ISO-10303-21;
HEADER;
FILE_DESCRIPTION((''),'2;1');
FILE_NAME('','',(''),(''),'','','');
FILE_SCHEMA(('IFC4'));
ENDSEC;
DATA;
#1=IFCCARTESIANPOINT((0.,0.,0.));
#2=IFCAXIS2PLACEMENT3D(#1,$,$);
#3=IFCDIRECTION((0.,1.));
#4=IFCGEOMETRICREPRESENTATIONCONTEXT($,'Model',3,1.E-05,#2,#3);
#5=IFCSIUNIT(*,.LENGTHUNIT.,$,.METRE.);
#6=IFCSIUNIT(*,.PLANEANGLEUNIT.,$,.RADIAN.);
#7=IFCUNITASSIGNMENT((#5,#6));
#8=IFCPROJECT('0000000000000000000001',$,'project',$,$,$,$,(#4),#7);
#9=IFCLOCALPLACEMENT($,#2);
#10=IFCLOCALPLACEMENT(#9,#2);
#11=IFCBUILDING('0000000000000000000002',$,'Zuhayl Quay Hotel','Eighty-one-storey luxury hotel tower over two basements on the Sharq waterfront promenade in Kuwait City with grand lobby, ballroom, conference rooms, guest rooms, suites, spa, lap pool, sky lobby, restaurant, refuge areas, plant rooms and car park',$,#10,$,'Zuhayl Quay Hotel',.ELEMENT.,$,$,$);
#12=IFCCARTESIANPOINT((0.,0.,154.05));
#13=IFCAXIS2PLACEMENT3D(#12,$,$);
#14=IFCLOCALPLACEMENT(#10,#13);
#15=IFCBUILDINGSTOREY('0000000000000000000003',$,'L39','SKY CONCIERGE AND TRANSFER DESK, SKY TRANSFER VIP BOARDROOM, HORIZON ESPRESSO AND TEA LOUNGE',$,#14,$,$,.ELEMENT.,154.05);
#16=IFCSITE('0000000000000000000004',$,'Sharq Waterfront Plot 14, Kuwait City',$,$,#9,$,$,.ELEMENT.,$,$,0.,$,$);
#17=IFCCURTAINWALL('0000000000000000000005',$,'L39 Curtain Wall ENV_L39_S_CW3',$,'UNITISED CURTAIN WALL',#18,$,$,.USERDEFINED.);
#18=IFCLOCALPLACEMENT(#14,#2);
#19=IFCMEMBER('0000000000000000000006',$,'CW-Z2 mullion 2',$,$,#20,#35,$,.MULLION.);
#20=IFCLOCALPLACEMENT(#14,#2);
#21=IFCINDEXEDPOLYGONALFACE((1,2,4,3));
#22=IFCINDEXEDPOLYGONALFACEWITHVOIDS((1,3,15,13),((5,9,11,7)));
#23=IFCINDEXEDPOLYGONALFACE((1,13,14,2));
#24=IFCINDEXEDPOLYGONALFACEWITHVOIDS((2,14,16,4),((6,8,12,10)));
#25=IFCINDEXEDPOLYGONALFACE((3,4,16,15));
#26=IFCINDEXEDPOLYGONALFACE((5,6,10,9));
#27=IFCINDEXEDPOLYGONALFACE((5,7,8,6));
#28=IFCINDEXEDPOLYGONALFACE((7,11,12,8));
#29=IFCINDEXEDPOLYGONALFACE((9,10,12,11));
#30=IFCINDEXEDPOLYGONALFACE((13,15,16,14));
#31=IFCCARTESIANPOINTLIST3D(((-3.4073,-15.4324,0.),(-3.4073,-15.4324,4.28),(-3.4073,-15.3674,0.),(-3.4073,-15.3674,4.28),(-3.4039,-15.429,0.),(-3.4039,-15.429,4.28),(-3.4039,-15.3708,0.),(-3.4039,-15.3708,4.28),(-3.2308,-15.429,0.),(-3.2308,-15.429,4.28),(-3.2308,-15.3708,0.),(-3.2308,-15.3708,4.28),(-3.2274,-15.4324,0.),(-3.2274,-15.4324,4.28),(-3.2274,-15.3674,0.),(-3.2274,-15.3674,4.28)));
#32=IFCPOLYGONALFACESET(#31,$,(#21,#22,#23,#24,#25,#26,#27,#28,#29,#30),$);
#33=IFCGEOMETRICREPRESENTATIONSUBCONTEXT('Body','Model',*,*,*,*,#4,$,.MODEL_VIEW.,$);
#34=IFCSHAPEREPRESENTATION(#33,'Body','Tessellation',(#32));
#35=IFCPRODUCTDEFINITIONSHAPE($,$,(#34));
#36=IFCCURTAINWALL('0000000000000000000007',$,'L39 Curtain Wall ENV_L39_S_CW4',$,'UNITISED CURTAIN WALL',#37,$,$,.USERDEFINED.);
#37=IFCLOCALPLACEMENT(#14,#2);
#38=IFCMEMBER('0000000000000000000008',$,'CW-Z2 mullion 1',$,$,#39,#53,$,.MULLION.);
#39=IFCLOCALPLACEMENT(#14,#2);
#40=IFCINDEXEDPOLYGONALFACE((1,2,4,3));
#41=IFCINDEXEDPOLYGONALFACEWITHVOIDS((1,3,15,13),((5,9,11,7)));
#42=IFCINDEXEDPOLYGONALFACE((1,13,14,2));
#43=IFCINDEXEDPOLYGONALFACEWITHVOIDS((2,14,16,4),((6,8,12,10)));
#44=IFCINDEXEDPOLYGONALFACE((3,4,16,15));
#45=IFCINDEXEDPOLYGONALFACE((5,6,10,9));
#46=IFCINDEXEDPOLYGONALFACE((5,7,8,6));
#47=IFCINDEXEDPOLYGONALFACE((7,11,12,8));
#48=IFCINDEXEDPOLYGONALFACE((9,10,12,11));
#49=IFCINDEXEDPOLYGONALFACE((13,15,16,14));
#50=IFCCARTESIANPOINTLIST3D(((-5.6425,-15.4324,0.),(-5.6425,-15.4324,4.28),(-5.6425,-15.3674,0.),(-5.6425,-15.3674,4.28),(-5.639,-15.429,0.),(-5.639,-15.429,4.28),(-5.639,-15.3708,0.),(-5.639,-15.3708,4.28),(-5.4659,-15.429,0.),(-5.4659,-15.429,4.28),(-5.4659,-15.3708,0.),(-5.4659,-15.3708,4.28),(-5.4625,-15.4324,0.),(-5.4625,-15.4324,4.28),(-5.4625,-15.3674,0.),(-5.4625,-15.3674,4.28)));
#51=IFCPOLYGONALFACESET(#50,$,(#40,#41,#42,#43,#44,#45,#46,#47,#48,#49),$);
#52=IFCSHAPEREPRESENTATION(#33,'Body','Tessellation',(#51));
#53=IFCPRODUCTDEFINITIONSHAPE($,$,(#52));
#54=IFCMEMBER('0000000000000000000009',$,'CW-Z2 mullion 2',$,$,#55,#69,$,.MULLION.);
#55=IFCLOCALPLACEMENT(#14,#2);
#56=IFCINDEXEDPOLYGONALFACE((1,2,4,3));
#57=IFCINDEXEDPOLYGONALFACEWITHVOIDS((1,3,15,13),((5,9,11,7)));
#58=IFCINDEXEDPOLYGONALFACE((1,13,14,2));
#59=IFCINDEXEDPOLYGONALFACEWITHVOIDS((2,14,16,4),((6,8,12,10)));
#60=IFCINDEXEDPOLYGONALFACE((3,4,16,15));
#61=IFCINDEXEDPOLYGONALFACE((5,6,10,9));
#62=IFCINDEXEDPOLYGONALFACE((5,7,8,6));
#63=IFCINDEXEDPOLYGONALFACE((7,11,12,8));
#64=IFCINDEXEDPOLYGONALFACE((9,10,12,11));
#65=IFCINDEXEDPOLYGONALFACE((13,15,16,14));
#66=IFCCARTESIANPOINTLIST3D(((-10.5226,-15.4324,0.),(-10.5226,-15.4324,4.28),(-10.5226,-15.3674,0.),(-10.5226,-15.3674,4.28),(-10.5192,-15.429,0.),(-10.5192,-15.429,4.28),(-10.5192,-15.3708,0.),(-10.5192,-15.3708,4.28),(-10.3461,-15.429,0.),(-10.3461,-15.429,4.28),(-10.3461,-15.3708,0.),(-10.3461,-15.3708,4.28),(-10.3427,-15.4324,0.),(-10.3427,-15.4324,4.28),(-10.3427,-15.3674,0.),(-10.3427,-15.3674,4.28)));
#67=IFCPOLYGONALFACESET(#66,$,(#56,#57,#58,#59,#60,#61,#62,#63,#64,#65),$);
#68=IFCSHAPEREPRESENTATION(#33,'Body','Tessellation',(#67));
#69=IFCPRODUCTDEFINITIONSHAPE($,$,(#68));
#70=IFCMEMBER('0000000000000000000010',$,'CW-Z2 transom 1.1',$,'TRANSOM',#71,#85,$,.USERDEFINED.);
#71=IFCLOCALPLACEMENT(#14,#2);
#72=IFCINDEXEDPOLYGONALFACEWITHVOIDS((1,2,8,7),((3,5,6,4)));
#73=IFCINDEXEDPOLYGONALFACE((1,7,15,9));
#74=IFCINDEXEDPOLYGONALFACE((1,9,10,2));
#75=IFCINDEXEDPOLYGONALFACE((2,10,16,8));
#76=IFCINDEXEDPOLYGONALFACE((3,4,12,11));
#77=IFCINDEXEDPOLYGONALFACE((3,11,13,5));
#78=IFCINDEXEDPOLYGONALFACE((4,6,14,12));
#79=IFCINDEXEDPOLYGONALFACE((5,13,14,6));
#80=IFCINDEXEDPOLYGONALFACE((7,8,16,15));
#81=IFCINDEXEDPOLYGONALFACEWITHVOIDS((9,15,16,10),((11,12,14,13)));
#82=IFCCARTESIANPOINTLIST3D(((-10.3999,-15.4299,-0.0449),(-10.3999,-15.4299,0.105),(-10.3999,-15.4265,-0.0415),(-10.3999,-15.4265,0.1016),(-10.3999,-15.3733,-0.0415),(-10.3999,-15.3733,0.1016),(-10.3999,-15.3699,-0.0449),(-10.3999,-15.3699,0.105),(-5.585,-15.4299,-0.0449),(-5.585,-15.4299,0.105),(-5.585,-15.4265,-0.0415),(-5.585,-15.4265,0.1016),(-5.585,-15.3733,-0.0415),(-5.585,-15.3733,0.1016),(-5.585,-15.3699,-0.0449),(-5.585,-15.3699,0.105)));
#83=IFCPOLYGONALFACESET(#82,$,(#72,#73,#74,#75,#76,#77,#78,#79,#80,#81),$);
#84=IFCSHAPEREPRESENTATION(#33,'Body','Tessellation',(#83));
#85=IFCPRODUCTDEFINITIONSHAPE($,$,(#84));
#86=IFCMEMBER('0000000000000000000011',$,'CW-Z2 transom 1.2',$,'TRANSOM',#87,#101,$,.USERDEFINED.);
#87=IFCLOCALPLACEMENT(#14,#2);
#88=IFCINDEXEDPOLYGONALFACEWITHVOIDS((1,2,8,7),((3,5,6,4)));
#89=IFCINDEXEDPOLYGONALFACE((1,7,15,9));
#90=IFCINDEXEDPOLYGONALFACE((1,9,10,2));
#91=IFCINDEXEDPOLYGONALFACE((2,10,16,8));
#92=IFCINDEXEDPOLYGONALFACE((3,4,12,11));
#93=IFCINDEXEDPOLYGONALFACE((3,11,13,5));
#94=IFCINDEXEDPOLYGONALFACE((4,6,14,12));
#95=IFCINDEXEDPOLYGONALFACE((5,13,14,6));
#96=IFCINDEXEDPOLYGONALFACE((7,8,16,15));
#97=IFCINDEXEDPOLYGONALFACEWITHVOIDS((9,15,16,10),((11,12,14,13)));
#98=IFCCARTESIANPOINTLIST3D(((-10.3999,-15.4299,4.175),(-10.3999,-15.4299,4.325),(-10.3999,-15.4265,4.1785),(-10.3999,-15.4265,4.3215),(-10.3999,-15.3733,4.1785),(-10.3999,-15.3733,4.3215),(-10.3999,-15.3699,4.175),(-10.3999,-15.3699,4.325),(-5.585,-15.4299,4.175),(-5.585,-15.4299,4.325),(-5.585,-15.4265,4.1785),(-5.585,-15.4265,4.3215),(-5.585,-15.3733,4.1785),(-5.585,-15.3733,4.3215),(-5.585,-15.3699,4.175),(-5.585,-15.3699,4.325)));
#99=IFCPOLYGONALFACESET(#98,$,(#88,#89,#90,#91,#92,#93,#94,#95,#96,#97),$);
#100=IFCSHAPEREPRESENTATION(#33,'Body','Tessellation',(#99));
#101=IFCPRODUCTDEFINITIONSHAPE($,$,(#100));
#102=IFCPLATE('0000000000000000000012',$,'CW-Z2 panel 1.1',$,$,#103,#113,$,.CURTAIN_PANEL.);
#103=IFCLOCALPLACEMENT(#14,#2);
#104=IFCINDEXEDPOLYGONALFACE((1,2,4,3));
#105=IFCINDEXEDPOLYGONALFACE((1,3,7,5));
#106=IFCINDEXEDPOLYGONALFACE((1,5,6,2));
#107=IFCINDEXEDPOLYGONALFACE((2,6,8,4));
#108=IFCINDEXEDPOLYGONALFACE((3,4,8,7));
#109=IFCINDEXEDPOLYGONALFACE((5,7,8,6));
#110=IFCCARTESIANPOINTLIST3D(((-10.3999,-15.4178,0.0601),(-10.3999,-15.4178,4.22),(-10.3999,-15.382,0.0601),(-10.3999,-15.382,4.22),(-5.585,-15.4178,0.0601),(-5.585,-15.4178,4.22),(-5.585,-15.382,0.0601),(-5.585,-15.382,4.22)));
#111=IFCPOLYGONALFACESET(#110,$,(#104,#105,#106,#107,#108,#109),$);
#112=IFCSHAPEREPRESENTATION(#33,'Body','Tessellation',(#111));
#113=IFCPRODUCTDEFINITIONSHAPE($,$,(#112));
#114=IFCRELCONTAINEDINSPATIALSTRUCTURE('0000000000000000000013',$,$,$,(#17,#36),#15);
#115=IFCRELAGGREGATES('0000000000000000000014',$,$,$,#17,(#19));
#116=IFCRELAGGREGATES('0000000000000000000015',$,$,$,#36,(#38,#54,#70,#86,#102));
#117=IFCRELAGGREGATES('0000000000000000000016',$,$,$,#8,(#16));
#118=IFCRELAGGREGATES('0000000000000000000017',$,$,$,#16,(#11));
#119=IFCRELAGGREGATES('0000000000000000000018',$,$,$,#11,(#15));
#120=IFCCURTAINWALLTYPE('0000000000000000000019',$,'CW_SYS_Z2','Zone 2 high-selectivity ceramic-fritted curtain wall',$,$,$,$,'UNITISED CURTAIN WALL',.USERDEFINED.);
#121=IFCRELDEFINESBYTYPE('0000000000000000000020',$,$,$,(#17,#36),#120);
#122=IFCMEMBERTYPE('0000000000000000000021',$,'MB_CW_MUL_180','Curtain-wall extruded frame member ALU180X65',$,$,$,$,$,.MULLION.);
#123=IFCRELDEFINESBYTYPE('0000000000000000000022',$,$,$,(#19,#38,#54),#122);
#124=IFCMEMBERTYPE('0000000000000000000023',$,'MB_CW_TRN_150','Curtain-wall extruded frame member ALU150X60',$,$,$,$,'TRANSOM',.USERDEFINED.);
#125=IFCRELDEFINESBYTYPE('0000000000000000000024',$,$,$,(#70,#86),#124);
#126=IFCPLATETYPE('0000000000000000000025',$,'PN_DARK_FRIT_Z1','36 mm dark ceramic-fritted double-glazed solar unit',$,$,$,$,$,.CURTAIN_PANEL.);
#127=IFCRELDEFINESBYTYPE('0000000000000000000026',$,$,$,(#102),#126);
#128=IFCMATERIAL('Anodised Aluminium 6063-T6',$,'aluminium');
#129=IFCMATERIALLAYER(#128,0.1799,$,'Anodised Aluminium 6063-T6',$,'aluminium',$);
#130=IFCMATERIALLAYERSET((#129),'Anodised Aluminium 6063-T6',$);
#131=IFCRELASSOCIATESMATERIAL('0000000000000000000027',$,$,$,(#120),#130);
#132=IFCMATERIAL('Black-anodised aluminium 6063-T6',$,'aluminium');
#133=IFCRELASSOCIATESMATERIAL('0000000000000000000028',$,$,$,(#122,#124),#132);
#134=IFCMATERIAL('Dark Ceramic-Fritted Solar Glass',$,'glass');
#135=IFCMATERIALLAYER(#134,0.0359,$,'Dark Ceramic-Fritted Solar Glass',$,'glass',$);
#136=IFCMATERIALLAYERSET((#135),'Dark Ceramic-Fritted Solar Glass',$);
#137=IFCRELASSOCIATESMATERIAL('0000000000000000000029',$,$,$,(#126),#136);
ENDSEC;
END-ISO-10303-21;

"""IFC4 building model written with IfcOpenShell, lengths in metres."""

from ifc_helpers import new_model, si_unit, direction, frame, origin, origin_2d, place, context, subcontext, project, spatial, rectangle, hollow_rectangle, extrude, material, layer, layer_set, material_profile, profile_set, type_object, element, aggregate, save


model = new_model("IFC4")

# Units and contexts
model_context = context("Model", 3, precision=1e-05, world=origin(), true_north=direction((0.0, 1.0)))
body_context = subcontext(model_context, "Body", "Model", "MODEL_VIEW")
ifc_project = project(units=[si_unit("LENGTHUNIT", "METRE"), si_unit("PLANEANGLEUNIT", "RADIAN")], contexts=[model_context])

# Site, building, storey
site_placement = place(None, origin())
site = spatial("IfcSite", under=ifc_project, at=site_placement, Name="Sharq Waterfront Plot 14, Kuwait City", CompositionType="ELEMENT", RefElevation=0.0)
building_placement = place(site_placement, origin())
building = spatial("IfcBuilding", under=site, at=building_placement, Name="Zuhayl Quay Hotel", Description="Eighty-one-storey luxury hotel tower over two basements on the Sharq waterfront promenade in Kuwait City with grand lobby, ballroom, conference rooms, guest rooms, suites, spa, lap pool, sky lobby, restaurant, refuge areas, plant rooms and car park", LongName="Zuhayl Quay Hotel", CompositionType="ELEMENT")
storey_placement = place(building_placement, frame((0.0, 0.0, 154.05)))
storey = spatial("IfcBuildingStorey", under=building, at=storey_placement, Name="L39", Description="SKY CONCIERGE AND TRANSFER DESK, SKY TRANSFER VIP BOARDROOM, HORIZON ESPRESSO AND TEA LOUNGE", CompositionType="ELEMENT", Elevation=154.05)

# Curtain wall, member
ifc_material_1 = material(Name="Anodised Aluminium 6063-T6", Category="aluminium")
ifc_layer_1 = layer(ifc_material_1, 0.1799, Name="Anodised Aluminium 6063-T6", Category="aluminium")
ifc_layer_set_1 = layer_set([ifc_layer_1], Name="Anodised Aluminium 6063-T6")
curtain_wall_type = type_object("IfcCurtainWallType", Name="CW_SYS_Z2", Description="Zone 2 high-selectivity ceramic-fritted curtain wall", ElementType="UNITISED CURTAIN WALL", PredefinedType="USERDEFINED", material=ifc_layer_set_1)
curtain_wall_1_placement = place(storey_placement, origin())
curtain_wall_1 = element("IfcCurtainWall", 1, at=curtain_wall_1_placement, inside=storey, type_object=curtain_wall_type, Name="L39 Curtain Wall ENV_L39_S_CW3", ObjectType="UNITISED CURTAIN WALL", PredefinedType="USERDEFINED")
ifc_material_2 = material(Name="Black-anodised aluminium 6063-T6", Category="aluminium")
ifc_material_profile_1 = material_profile(ifc_material_2, hollow_rectangle(XDim=0.0649, YDim=0.1799, WallThickness=0.0034, at=origin_2d()), Name="ALU180X65")
ifc_profile_set_1 = profile_set([ifc_material_profile_1], Name="Black-anodised aluminium 6063-T6")
member_type_1 = type_object("IfcMemberType", Name="MB_CW_MUL_180", Description="Curtain-wall extruded frame member ALU180X65", PredefinedType="MULLION", material=ifc_profile_set_1)
member_1_placement = place(storey_placement, frame((-3.3174, -15.3999, 0.0), z_axis=(0.0, 0.0, 1.0), x_axis=(0.0, -1.0, 0.0)))
member_1 = element("IfcMember", 2, at=member_1_placement, type_object=member_type_1, Name="CW-Z2 mullion 2", PredefinedType="MULLION", context=body_context, shape_type="SweptSolid", body=[
    extrude(hollow_rectangle(XDim=0.0649, YDim=0.1799, WallThickness=0.0034, at=origin_2d()), origin(), (0.0, 0.0, 1.0), 4.28),
])
aggregate(curtain_wall_1, [member_1])

# Curtain wall, members, plate
curtain_wall_2_placement = place(storey_placement, origin())
curtain_wall_2 = element("IfcCurtainWall", 3, at=curtain_wall_2_placement, inside=storey, type_object=curtain_wall_type, Name="L39 Curtain Wall ENV_L39_S_CW4", ObjectType="UNITISED CURTAIN WALL", PredefinedType="USERDEFINED")
member_2_placement = place(storey_placement, frame((-5.5525, -15.3999, 0.0), z_axis=(0.0, 0.0, 1.0), x_axis=(0.0, -1.0, 0.0)))
member_2 = element("IfcMember", 4, at=member_2_placement, type_object=member_type_1, Name="CW-Z2 mullion 1", PredefinedType="MULLION", context=body_context, shape_type="SweptSolid", body=[
    extrude(hollow_rectangle(XDim=0.0649, YDim=0.1799, WallThickness=0.0034, at=origin_2d()), origin(), (0.0, 0.0, 1.0), 4.28),
])
member_3_placement = place(storey_placement, frame((-10.4326, -15.3999, 0.0), z_axis=(0.0, 0.0, 1.0), x_axis=(0.0, -1.0, 0.0)))
member_3 = element("IfcMember", 5, at=member_3_placement, type_object=member_type_1, Name="CW-Z2 mullion 2", PredefinedType="MULLION", context=body_context, shape_type="SweptSolid", body=[
    extrude(hollow_rectangle(XDim=0.0649, YDim=0.1799, WallThickness=0.0034, at=origin_2d()), origin(), (0.0, 0.0, 1.0), 4.28),
])
ifc_material_profile_2 = material_profile(ifc_material_2, hollow_rectangle(XDim=0.0601, YDim=0.1499, WallThickness=0.0034, at=origin_2d()), Name="ALU150X60")
ifc_profile_set_2 = profile_set([ifc_material_profile_2], Name="Black-anodised aluminium 6063-T6")
member_type_2 = type_object("IfcMemberType", Name="MB_CW_TRN_150", Description="Curtain-wall extruded frame member ALU150X60", ElementType="TRANSOM", PredefinedType="USERDEFINED", material=ifc_profile_set_2)
member_4_placement = place(storey_placement, frame((-5.585, -15.3999, 0.03), z_axis=(-1.0, 0.0, 0.0), x_axis=(0.0, -1.0, 0.0)))
member_4 = element("IfcMember", 6, at=member_4_placement, type_object=member_type_2, Name="CW-Z2 transom 1.1", ObjectType="TRANSOM", PredefinedType="USERDEFINED", context=body_context, shape_type="SweptSolid", body=[
    extrude(hollow_rectangle(XDim=0.0601, YDim=0.1499, WallThickness=0.0034, at=origin_2d()), origin(), (0.0, 0.0, 1.0), 4.8149),
])
member_5_placement = place(storey_placement, frame((-5.585, -15.3999, 4.25), z_axis=(-1.0, 0.0, 0.0), x_axis=(0.0, -1.0, 0.0)))
member_5 = element("IfcMember", 7, at=member_5_placement, type_object=member_type_2, Name="CW-Z2 transom 1.2", ObjectType="TRANSOM", PredefinedType="USERDEFINED", context=body_context, shape_type="SweptSolid", body=[
    extrude(hollow_rectangle(XDim=0.0601, YDim=0.1499, WallThickness=0.0034, at=origin_2d()), origin(), (0.0, 0.0, 1.0), 4.8149),
])
ifc_material_3 = material(Name="Dark Ceramic-Fritted Solar Glass", Category="glass")
ifc_layer_2 = layer(ifc_material_3, 0.0359, Name="Dark Ceramic-Fritted Solar Glass", Category="glass")
ifc_layer_set_2 = layer_set([ifc_layer_2], Name="Dark Ceramic-Fritted Solar Glass")
plate_type = type_object("IfcPlateType", Name="PN_DARK_FRIT_Z1", Description="36 mm dark ceramic-fritted double-glazed solar unit", PredefinedType="CURTAIN_PANEL", material=ifc_layer_set_2)
plate_placement = place(storey_placement, frame((-7.9924, -15.3999, 0.0601), z_axis=(0.0, 0.0, 1.0), x_axis=(-1.0, 0.0, 0.0)))
plate = element("IfcPlate", 8, at=plate_placement, type_object=plate_type, Name="CW-Z2 panel 1.1", PredefinedType="CURTAIN_PANEL", context=body_context, shape_type="SweptSolid", body=[
    extrude(rectangle(XDim=4.8149, YDim=0.0359, at=origin_2d()), origin(), (0.0, 0.0, 1.0), 4.1599),
])
aggregate(curtain_wall_2, [member_2, member_3, member_4, member_5, plate])

save(model, "model.ifc")
